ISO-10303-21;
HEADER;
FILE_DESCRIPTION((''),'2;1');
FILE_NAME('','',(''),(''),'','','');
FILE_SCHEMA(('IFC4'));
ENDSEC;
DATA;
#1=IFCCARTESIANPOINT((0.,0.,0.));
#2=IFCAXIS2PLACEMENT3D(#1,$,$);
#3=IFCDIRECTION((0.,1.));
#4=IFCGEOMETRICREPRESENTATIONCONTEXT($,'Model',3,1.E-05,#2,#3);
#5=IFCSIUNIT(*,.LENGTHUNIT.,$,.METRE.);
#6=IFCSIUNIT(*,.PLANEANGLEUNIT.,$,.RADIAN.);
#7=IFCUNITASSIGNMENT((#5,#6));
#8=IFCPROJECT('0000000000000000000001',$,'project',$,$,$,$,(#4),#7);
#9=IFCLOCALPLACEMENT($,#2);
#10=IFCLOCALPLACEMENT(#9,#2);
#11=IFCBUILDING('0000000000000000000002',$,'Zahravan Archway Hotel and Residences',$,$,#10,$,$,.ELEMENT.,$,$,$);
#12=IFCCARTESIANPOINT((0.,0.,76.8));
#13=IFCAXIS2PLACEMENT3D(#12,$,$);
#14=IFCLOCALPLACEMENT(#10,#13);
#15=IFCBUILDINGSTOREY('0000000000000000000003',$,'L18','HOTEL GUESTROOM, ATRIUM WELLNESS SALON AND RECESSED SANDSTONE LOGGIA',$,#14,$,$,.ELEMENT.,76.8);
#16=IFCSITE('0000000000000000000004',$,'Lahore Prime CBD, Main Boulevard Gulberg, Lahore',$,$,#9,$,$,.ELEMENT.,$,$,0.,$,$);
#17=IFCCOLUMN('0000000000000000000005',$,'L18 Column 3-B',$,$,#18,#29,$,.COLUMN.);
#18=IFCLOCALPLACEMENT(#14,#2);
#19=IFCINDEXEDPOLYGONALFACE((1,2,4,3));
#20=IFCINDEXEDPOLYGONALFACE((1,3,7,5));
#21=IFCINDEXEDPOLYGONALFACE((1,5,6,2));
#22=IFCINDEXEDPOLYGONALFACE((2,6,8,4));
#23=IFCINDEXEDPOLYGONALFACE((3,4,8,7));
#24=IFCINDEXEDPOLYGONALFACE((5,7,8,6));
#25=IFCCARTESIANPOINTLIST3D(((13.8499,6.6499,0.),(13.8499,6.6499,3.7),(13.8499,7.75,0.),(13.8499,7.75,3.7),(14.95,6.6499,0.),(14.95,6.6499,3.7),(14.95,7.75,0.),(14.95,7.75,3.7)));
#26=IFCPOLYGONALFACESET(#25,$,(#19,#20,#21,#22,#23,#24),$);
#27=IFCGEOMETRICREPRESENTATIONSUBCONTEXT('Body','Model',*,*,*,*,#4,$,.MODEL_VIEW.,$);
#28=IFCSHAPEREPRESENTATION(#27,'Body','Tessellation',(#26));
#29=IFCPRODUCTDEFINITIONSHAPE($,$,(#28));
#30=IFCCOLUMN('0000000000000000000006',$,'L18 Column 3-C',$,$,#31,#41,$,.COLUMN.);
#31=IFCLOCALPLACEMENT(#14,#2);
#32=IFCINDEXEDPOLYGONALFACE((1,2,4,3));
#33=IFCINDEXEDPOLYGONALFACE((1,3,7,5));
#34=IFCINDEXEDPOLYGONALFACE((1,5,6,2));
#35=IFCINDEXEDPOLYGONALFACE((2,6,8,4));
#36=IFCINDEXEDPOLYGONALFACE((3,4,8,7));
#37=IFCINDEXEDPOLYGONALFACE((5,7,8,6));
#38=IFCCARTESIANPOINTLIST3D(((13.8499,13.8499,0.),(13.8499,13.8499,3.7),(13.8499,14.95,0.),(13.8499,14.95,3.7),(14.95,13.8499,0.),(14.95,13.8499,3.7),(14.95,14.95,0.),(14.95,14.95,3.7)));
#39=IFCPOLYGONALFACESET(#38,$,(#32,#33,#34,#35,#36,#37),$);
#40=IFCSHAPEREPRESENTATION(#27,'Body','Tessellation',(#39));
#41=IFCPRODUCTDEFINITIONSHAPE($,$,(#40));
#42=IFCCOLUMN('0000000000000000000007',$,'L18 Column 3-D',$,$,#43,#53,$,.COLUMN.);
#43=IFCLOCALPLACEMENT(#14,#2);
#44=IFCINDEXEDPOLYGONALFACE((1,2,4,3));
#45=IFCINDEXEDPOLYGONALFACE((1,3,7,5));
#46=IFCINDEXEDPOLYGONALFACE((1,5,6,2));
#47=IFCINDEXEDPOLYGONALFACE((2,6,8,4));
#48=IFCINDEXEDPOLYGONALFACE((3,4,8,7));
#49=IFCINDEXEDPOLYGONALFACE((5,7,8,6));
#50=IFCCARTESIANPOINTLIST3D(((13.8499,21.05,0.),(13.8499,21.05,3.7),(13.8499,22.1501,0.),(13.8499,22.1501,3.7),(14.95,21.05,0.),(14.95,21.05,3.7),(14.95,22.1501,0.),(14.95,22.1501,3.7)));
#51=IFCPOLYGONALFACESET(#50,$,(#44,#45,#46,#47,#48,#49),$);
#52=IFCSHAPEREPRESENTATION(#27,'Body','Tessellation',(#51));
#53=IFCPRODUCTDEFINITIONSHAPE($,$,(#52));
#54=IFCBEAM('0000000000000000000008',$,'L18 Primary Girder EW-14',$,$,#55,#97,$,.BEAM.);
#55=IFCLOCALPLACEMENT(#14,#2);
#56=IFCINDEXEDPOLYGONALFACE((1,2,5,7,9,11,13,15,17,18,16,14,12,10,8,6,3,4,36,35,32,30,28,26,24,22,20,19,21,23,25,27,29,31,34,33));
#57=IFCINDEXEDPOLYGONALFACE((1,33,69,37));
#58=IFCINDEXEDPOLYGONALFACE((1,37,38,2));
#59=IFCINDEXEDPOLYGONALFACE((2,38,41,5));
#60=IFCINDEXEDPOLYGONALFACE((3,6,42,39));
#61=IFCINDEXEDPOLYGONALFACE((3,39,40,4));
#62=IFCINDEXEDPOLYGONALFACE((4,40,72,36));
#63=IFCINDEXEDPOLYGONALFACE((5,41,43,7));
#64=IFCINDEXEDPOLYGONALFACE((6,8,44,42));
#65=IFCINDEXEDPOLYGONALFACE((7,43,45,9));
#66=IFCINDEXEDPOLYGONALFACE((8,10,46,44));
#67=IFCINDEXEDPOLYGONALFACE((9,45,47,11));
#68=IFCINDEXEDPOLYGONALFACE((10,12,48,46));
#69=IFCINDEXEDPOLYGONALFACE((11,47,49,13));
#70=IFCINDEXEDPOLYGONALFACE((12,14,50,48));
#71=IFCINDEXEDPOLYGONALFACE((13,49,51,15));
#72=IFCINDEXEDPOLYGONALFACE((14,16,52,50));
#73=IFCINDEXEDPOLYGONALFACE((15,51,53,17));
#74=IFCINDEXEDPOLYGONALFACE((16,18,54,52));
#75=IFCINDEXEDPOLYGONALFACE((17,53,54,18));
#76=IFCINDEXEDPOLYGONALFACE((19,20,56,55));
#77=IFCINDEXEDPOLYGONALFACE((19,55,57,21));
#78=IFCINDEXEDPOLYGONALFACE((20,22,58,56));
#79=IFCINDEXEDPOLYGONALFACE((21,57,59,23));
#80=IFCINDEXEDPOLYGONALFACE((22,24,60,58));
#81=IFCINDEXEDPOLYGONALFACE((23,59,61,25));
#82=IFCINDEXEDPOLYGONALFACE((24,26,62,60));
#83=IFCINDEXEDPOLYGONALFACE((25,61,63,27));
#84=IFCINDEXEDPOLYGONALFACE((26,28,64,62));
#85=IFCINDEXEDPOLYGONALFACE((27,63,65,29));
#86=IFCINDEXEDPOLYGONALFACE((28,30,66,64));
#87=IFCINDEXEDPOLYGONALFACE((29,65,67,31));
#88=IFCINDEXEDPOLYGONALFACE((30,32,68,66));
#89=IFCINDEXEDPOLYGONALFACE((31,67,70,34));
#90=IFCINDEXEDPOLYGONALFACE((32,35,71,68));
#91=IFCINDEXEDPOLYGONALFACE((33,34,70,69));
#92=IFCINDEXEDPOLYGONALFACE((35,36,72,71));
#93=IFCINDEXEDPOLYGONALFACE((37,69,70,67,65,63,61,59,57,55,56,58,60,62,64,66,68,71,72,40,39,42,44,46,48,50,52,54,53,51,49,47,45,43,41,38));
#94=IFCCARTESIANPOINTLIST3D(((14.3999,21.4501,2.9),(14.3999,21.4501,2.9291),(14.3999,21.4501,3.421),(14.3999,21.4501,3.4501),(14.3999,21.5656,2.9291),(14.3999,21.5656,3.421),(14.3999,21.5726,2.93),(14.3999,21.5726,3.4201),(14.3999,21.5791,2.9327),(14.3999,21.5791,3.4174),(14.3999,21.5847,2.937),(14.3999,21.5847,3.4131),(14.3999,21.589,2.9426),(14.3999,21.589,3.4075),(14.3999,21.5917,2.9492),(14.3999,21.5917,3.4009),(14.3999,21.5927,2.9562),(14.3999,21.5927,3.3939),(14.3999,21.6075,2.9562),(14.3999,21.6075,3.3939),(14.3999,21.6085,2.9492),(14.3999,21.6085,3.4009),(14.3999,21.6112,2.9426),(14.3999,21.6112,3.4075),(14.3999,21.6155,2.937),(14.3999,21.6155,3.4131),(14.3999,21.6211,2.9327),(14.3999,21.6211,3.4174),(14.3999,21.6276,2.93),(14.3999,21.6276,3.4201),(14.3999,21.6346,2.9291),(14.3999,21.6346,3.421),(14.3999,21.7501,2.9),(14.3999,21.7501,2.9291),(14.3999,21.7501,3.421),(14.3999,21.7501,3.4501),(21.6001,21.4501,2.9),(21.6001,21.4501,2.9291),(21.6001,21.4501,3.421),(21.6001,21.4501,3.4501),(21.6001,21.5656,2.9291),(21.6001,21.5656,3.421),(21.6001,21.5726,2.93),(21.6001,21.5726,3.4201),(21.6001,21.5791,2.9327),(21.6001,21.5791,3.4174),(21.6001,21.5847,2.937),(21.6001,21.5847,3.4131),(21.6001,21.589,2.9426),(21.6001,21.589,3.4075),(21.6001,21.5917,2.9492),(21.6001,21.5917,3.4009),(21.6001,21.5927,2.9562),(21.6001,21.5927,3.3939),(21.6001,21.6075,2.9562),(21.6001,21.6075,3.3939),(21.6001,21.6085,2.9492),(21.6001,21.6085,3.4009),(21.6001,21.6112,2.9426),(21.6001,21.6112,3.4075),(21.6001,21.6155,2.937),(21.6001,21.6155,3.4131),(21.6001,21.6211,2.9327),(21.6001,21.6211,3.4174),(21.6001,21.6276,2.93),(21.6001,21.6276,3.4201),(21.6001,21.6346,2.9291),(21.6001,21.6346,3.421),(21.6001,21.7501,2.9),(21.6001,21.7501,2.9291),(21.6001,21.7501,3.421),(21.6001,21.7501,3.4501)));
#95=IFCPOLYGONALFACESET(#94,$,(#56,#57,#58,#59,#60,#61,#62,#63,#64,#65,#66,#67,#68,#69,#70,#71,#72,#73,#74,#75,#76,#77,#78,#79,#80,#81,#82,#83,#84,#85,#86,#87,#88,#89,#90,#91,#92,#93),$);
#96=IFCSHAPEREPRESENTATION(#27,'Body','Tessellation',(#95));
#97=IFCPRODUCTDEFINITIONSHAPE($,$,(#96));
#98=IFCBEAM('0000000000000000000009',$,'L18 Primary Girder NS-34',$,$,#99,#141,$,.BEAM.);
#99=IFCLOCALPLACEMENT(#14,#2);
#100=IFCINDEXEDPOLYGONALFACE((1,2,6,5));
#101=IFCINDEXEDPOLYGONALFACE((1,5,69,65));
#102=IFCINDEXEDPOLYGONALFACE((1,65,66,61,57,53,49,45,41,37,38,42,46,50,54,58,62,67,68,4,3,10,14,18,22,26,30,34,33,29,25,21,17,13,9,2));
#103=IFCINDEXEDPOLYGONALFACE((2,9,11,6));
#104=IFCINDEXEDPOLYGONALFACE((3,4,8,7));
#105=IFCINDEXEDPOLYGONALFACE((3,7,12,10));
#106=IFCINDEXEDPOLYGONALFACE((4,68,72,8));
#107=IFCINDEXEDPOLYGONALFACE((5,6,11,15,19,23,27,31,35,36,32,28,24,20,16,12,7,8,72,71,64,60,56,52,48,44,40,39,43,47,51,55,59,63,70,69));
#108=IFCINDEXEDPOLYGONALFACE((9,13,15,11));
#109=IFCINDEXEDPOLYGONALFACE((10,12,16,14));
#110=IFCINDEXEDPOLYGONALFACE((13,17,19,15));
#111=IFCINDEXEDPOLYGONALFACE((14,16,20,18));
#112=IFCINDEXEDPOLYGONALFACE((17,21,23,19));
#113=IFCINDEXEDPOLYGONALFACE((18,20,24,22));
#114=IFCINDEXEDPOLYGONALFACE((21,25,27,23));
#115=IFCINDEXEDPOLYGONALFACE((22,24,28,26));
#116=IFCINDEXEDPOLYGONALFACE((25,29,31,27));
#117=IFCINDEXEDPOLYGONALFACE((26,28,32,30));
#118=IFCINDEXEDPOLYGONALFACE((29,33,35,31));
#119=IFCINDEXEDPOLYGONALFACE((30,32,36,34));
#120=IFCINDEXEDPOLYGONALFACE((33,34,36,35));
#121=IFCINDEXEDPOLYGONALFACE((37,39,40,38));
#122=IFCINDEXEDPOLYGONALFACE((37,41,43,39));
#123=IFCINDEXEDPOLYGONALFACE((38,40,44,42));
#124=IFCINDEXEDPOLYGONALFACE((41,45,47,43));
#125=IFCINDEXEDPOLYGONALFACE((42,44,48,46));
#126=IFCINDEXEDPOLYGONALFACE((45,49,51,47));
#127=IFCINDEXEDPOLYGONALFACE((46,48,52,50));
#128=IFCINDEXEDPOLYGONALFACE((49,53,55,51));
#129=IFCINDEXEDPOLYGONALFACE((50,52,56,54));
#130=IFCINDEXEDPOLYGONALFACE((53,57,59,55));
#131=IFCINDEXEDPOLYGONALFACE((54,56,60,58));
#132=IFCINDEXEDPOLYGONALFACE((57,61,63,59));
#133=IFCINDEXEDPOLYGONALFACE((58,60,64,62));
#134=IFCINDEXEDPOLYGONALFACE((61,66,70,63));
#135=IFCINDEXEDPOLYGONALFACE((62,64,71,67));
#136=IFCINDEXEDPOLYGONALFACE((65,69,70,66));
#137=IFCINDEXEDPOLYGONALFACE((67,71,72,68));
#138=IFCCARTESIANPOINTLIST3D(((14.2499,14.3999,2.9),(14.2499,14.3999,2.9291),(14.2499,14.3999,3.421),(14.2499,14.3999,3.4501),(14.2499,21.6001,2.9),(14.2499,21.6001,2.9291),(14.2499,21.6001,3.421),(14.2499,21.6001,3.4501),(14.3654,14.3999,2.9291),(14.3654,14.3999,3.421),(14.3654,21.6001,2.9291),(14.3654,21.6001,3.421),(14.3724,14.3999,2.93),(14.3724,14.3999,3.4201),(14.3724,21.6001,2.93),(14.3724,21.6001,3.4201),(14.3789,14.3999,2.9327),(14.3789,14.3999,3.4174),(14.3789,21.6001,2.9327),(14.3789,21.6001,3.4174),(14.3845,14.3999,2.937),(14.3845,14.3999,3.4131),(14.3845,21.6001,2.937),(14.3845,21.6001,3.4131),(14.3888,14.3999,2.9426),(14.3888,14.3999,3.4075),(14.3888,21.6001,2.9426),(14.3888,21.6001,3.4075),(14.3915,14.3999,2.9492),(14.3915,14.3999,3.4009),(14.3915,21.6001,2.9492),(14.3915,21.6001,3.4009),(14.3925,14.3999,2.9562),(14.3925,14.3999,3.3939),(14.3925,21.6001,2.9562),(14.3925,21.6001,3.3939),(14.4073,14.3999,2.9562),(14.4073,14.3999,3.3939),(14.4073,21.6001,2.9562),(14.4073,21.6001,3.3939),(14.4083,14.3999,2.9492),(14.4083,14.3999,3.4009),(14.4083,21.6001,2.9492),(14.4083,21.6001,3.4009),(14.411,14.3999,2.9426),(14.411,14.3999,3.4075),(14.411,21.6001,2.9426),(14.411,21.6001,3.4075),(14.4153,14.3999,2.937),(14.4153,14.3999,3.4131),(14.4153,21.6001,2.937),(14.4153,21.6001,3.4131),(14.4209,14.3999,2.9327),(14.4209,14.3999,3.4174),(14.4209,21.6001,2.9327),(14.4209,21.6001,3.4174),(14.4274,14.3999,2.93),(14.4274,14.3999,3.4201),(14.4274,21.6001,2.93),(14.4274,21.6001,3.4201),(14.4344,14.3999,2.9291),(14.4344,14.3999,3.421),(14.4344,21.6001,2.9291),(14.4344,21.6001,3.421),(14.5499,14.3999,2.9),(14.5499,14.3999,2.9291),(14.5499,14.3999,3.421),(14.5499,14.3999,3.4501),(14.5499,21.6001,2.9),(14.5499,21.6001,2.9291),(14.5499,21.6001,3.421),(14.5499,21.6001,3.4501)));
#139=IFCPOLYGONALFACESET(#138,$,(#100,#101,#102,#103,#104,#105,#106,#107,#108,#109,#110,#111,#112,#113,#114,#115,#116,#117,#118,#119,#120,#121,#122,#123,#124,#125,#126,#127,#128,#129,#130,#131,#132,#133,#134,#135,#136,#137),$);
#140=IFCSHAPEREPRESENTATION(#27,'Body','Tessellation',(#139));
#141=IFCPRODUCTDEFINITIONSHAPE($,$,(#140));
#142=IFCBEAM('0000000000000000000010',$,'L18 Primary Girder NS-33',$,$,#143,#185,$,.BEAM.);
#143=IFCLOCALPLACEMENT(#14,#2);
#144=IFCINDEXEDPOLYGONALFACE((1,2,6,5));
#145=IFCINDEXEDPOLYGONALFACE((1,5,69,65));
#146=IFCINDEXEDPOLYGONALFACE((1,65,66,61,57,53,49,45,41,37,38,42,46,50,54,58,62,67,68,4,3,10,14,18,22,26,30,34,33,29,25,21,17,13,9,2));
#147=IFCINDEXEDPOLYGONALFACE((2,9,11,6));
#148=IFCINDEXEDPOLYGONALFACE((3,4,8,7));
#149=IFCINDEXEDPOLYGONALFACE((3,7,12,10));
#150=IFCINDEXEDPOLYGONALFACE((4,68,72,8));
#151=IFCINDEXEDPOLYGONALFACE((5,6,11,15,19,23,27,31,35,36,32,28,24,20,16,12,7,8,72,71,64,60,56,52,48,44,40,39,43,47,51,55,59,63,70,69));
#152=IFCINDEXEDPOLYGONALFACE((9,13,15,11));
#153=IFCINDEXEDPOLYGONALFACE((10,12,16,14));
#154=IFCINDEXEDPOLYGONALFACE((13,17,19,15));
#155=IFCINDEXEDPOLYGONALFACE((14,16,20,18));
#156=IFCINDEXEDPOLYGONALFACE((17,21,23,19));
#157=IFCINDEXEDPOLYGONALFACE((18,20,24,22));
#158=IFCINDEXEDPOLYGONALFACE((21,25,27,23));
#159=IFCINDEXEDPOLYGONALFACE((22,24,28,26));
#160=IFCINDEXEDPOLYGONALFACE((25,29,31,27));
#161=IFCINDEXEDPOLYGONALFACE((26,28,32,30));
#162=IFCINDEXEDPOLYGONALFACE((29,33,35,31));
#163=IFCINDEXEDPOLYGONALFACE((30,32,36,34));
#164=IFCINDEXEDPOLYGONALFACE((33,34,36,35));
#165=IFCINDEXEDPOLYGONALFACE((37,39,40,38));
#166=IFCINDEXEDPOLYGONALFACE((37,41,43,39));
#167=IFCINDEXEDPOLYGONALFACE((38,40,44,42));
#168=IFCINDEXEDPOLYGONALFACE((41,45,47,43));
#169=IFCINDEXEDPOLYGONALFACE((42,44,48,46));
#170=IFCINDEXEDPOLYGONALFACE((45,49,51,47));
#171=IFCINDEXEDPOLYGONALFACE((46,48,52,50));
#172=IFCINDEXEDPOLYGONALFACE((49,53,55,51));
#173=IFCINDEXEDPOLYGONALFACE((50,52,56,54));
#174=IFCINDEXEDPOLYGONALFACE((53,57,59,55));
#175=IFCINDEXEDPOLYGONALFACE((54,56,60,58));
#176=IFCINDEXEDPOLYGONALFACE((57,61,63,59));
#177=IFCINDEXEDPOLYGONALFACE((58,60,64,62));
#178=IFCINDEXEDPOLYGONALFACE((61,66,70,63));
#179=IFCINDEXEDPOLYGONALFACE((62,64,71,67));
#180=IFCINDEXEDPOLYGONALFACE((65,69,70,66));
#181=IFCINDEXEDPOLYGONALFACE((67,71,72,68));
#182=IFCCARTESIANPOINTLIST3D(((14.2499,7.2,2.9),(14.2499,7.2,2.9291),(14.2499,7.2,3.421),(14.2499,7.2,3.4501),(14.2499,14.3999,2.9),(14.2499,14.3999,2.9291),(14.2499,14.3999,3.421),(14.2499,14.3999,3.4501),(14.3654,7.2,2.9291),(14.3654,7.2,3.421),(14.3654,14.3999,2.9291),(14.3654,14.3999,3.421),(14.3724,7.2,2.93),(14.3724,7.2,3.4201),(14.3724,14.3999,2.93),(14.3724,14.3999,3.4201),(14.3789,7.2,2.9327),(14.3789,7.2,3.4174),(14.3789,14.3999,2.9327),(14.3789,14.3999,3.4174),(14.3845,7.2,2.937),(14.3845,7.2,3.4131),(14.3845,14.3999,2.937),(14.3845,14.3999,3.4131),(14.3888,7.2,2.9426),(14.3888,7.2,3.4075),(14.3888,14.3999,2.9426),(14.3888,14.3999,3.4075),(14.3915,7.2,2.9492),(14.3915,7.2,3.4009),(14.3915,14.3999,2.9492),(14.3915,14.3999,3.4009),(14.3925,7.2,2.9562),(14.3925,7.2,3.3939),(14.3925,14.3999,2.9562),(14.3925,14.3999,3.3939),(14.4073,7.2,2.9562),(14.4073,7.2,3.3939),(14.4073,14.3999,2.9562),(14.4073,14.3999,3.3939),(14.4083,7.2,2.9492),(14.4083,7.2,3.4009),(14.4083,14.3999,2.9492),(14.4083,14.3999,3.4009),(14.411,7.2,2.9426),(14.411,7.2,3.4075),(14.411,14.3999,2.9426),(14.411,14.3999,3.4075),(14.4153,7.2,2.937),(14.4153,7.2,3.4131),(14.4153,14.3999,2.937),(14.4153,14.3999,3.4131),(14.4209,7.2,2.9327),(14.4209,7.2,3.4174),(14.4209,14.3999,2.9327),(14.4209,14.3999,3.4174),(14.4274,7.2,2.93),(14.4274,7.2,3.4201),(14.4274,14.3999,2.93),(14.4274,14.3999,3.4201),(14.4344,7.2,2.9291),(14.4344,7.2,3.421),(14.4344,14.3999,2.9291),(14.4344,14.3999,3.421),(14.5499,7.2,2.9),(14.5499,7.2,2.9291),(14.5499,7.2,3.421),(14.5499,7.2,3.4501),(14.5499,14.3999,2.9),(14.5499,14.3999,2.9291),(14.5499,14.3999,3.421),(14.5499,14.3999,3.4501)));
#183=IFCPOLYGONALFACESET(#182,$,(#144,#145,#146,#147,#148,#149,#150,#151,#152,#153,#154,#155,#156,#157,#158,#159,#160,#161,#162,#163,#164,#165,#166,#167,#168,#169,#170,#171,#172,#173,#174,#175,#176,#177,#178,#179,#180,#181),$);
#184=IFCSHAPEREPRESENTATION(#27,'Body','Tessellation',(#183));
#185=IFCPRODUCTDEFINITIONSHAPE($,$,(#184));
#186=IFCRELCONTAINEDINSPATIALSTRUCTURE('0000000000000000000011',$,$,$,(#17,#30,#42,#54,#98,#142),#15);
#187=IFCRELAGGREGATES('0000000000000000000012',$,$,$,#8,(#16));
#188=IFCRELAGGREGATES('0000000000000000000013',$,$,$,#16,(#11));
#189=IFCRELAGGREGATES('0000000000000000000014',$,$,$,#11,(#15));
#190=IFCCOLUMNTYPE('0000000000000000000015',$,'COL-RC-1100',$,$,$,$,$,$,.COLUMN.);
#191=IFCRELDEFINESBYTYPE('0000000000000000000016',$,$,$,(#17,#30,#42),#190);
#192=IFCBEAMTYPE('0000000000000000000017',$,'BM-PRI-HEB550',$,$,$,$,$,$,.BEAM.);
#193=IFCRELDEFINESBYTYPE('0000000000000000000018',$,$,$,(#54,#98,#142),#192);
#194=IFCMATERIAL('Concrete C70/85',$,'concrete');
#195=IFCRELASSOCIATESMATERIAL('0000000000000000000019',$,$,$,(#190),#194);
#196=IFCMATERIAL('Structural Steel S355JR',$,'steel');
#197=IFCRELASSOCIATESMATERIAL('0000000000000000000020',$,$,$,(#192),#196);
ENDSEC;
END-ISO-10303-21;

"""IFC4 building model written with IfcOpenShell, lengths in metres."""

from ifc_helpers import new_model, si_unit, direction, frame, origin, origin_2d, place, context, subcontext, project, spatial, rectangle, i_section, extrude, source, transform, mapped, material, material_profile, profile_set, type_object, type_shapes, element, save


model = new_model("IFC4")

# Units and contexts
model_context = context("Model", 3, precision=1e-05, world=origin(), true_north=direction((0.0, 1.0)))
body_context = subcontext(model_context, "Body", "Model", "MODEL_VIEW")
ifc_project = project(units=[si_unit("LENGTHUNIT", "METRE"), si_unit("PLANEANGLEUNIT", "RADIAN")], contexts=[model_context])

# Site, building, storey
site_placement = place(None, origin())
site = spatial("IfcSite", under=ifc_project, at=site_placement, Name="Lahore Prime CBD, Main Boulevard Gulberg, Lahore", CompositionType="ELEMENT", RefElevation=0.0)
building_placement = place(site_placement, origin())
building = spatial("IfcBuilding", under=site, at=building_placement, Name="Zahravan Archway Hotel and Residences", CompositionType="ELEMENT")
storey_placement = place(building_placement, frame((0.0, 0.0, 76.8)))
storey = spatial("IfcBuildingStorey", under=building, at=storey_placement, Name="L18", Description="HOTEL GUESTROOM, ATRIUM WELLNESS SALON AND RECESSED SANDSTONE LOGGIA", CompositionType="ELEMENT", Elevation=76.8)

# Columns
ifc_material_1 = material(Name="Concrete C70/85", Category="concrete")
ifc_material_profile_1 = material_profile(ifc_material_1, rectangle(XDim=1.1001, YDim=1.1001, at=origin_2d()), Name="RC 1100x1100", Category="concrete")
ifc_profile_set_1 = profile_set([ifc_material_profile_1], Name="Concrete C70/85")
column_type = type_object("IfcColumnType", Name="COL-RC-1100", PredefinedType="COLUMN", material=ifc_profile_set_1)
shared_shape_1 = source(origin(), body_context, "Body", "SweptSolid", [
    extrude(rectangle(XDim=1.1001, YDim=1.1001, at=origin_2d()), origin(), (0.0, 0.0, 1.0), 3.7),
])
for number, where, z_axis, x_axis, name in (
    (1, (14.3999, 7.2, 0.0), (0.0, 0.0, 1.0), (1.0, 0.0, 0.0), "L18 Column 3-B"),
    (2, (14.3999, 14.3999, 0.0), (0.0, 0.0, 1.0), (1.0, 0.0, 0.0), "L18 Column 3-C"),
    (3, (14.3999, 21.6001, 0.0), (0.0, 0.0, 1.0), (1.0, 0.0, 0.0), "L18 Column 3-D"),
):
    element("IfcColumn", number, at=place(storey_placement, frame(where, z_axis=z_axis, x_axis=x_axis)), inside=storey, type_object=column_type, Name=name, PredefinedType="COLUMN", context=body_context, shape_type="MappedRepresentation", body=[
        mapped(shared_shape_1, transform((0.0, 0.0, 0.0), scale=1.0)),
    ])

# Beams
ifc_material_2 = material(Name="Structural Steel S355JR", Category="steel")
ifc_material_profile_2 = material_profile(ifc_material_2, i_section(OverallWidth=0.3, OverallDepth=0.55, WebThickness=0.0149, FlangeThickness=0.0291, FilletRadius=0.0271, at=origin_2d()), Name="HEB 550", Category="steel")
ifc_profile_set_2 = profile_set([ifc_material_profile_2], Name="Structural Steel S355JR")
beam_type = type_object("IfcBeamType", Name="BM-PRI-HEB550", PredefinedType="BEAM", material=ifc_profile_set_2)
shared_shape_2 = source(origin(), body_context, "Body", "SweptSolid", [
    extrude(i_section(OverallWidth=0.3, OverallDepth=0.55, WebThickness=0.0149, FlangeThickness=0.0291, FilletRadius=0.0271, at=origin_2d()), origin(), (0.0, 0.0, 1.0), 7.2002),
])
type_shapes(beam_type, [shared_shape_2])
for number, where, z_axis, x_axis, name in (
    (4, (14.3999, 21.6001, 3.175), (1.0, 0.0, 0.0), (0.0, 1.0, 0.0), "L18 Primary Girder EW-14"),
    (5, (14.3999, 14.3999, 3.175), (0.0, 1.0, 0.0), (-1.0, 0.0, 0.0), "L18 Primary Girder NS-34"),
):
    element("IfcBeam", number, at=place(storey_placement, frame(where, z_axis=z_axis, x_axis=x_axis)), inside=storey, type_object=beam_type, Name=name, PredefinedType="BEAM", context=body_context, shape_type="MappedRepresentation", body=[
        mapped(shared_shape_2, transform((0.0, 0.0, 0.0), scale=1.0)),
    ])
shared_shape_3 = source(origin(), body_context, "Body", "SweptSolid", [
    extrude(i_section(OverallWidth=0.3, OverallDepth=0.55, WebThickness=0.0149, FlangeThickness=0.0291, FilletRadius=0.0271, at=origin_2d()), origin(), (0.0, 0.0, 1.0), 7.2),
])
beam_1_placement = place(storey_placement, frame((14.3999, 7.2, 3.175), z_axis=(0.0, 1.0, 0.0), x_axis=(-1.0, 0.0, 0.0)))
element("IfcBeam", 6, at=beam_1_placement, inside=storey, type_object=beam_type, Name="L18 Primary Girder NS-33", PredefinedType="BEAM", context=body_context, shape_type="MappedRepresentation", body=[
    mapped(shared_shape_3, transform((0.0, 0.0, 0.0), scale=1.0)),
])

save(model, "model.ifc")
